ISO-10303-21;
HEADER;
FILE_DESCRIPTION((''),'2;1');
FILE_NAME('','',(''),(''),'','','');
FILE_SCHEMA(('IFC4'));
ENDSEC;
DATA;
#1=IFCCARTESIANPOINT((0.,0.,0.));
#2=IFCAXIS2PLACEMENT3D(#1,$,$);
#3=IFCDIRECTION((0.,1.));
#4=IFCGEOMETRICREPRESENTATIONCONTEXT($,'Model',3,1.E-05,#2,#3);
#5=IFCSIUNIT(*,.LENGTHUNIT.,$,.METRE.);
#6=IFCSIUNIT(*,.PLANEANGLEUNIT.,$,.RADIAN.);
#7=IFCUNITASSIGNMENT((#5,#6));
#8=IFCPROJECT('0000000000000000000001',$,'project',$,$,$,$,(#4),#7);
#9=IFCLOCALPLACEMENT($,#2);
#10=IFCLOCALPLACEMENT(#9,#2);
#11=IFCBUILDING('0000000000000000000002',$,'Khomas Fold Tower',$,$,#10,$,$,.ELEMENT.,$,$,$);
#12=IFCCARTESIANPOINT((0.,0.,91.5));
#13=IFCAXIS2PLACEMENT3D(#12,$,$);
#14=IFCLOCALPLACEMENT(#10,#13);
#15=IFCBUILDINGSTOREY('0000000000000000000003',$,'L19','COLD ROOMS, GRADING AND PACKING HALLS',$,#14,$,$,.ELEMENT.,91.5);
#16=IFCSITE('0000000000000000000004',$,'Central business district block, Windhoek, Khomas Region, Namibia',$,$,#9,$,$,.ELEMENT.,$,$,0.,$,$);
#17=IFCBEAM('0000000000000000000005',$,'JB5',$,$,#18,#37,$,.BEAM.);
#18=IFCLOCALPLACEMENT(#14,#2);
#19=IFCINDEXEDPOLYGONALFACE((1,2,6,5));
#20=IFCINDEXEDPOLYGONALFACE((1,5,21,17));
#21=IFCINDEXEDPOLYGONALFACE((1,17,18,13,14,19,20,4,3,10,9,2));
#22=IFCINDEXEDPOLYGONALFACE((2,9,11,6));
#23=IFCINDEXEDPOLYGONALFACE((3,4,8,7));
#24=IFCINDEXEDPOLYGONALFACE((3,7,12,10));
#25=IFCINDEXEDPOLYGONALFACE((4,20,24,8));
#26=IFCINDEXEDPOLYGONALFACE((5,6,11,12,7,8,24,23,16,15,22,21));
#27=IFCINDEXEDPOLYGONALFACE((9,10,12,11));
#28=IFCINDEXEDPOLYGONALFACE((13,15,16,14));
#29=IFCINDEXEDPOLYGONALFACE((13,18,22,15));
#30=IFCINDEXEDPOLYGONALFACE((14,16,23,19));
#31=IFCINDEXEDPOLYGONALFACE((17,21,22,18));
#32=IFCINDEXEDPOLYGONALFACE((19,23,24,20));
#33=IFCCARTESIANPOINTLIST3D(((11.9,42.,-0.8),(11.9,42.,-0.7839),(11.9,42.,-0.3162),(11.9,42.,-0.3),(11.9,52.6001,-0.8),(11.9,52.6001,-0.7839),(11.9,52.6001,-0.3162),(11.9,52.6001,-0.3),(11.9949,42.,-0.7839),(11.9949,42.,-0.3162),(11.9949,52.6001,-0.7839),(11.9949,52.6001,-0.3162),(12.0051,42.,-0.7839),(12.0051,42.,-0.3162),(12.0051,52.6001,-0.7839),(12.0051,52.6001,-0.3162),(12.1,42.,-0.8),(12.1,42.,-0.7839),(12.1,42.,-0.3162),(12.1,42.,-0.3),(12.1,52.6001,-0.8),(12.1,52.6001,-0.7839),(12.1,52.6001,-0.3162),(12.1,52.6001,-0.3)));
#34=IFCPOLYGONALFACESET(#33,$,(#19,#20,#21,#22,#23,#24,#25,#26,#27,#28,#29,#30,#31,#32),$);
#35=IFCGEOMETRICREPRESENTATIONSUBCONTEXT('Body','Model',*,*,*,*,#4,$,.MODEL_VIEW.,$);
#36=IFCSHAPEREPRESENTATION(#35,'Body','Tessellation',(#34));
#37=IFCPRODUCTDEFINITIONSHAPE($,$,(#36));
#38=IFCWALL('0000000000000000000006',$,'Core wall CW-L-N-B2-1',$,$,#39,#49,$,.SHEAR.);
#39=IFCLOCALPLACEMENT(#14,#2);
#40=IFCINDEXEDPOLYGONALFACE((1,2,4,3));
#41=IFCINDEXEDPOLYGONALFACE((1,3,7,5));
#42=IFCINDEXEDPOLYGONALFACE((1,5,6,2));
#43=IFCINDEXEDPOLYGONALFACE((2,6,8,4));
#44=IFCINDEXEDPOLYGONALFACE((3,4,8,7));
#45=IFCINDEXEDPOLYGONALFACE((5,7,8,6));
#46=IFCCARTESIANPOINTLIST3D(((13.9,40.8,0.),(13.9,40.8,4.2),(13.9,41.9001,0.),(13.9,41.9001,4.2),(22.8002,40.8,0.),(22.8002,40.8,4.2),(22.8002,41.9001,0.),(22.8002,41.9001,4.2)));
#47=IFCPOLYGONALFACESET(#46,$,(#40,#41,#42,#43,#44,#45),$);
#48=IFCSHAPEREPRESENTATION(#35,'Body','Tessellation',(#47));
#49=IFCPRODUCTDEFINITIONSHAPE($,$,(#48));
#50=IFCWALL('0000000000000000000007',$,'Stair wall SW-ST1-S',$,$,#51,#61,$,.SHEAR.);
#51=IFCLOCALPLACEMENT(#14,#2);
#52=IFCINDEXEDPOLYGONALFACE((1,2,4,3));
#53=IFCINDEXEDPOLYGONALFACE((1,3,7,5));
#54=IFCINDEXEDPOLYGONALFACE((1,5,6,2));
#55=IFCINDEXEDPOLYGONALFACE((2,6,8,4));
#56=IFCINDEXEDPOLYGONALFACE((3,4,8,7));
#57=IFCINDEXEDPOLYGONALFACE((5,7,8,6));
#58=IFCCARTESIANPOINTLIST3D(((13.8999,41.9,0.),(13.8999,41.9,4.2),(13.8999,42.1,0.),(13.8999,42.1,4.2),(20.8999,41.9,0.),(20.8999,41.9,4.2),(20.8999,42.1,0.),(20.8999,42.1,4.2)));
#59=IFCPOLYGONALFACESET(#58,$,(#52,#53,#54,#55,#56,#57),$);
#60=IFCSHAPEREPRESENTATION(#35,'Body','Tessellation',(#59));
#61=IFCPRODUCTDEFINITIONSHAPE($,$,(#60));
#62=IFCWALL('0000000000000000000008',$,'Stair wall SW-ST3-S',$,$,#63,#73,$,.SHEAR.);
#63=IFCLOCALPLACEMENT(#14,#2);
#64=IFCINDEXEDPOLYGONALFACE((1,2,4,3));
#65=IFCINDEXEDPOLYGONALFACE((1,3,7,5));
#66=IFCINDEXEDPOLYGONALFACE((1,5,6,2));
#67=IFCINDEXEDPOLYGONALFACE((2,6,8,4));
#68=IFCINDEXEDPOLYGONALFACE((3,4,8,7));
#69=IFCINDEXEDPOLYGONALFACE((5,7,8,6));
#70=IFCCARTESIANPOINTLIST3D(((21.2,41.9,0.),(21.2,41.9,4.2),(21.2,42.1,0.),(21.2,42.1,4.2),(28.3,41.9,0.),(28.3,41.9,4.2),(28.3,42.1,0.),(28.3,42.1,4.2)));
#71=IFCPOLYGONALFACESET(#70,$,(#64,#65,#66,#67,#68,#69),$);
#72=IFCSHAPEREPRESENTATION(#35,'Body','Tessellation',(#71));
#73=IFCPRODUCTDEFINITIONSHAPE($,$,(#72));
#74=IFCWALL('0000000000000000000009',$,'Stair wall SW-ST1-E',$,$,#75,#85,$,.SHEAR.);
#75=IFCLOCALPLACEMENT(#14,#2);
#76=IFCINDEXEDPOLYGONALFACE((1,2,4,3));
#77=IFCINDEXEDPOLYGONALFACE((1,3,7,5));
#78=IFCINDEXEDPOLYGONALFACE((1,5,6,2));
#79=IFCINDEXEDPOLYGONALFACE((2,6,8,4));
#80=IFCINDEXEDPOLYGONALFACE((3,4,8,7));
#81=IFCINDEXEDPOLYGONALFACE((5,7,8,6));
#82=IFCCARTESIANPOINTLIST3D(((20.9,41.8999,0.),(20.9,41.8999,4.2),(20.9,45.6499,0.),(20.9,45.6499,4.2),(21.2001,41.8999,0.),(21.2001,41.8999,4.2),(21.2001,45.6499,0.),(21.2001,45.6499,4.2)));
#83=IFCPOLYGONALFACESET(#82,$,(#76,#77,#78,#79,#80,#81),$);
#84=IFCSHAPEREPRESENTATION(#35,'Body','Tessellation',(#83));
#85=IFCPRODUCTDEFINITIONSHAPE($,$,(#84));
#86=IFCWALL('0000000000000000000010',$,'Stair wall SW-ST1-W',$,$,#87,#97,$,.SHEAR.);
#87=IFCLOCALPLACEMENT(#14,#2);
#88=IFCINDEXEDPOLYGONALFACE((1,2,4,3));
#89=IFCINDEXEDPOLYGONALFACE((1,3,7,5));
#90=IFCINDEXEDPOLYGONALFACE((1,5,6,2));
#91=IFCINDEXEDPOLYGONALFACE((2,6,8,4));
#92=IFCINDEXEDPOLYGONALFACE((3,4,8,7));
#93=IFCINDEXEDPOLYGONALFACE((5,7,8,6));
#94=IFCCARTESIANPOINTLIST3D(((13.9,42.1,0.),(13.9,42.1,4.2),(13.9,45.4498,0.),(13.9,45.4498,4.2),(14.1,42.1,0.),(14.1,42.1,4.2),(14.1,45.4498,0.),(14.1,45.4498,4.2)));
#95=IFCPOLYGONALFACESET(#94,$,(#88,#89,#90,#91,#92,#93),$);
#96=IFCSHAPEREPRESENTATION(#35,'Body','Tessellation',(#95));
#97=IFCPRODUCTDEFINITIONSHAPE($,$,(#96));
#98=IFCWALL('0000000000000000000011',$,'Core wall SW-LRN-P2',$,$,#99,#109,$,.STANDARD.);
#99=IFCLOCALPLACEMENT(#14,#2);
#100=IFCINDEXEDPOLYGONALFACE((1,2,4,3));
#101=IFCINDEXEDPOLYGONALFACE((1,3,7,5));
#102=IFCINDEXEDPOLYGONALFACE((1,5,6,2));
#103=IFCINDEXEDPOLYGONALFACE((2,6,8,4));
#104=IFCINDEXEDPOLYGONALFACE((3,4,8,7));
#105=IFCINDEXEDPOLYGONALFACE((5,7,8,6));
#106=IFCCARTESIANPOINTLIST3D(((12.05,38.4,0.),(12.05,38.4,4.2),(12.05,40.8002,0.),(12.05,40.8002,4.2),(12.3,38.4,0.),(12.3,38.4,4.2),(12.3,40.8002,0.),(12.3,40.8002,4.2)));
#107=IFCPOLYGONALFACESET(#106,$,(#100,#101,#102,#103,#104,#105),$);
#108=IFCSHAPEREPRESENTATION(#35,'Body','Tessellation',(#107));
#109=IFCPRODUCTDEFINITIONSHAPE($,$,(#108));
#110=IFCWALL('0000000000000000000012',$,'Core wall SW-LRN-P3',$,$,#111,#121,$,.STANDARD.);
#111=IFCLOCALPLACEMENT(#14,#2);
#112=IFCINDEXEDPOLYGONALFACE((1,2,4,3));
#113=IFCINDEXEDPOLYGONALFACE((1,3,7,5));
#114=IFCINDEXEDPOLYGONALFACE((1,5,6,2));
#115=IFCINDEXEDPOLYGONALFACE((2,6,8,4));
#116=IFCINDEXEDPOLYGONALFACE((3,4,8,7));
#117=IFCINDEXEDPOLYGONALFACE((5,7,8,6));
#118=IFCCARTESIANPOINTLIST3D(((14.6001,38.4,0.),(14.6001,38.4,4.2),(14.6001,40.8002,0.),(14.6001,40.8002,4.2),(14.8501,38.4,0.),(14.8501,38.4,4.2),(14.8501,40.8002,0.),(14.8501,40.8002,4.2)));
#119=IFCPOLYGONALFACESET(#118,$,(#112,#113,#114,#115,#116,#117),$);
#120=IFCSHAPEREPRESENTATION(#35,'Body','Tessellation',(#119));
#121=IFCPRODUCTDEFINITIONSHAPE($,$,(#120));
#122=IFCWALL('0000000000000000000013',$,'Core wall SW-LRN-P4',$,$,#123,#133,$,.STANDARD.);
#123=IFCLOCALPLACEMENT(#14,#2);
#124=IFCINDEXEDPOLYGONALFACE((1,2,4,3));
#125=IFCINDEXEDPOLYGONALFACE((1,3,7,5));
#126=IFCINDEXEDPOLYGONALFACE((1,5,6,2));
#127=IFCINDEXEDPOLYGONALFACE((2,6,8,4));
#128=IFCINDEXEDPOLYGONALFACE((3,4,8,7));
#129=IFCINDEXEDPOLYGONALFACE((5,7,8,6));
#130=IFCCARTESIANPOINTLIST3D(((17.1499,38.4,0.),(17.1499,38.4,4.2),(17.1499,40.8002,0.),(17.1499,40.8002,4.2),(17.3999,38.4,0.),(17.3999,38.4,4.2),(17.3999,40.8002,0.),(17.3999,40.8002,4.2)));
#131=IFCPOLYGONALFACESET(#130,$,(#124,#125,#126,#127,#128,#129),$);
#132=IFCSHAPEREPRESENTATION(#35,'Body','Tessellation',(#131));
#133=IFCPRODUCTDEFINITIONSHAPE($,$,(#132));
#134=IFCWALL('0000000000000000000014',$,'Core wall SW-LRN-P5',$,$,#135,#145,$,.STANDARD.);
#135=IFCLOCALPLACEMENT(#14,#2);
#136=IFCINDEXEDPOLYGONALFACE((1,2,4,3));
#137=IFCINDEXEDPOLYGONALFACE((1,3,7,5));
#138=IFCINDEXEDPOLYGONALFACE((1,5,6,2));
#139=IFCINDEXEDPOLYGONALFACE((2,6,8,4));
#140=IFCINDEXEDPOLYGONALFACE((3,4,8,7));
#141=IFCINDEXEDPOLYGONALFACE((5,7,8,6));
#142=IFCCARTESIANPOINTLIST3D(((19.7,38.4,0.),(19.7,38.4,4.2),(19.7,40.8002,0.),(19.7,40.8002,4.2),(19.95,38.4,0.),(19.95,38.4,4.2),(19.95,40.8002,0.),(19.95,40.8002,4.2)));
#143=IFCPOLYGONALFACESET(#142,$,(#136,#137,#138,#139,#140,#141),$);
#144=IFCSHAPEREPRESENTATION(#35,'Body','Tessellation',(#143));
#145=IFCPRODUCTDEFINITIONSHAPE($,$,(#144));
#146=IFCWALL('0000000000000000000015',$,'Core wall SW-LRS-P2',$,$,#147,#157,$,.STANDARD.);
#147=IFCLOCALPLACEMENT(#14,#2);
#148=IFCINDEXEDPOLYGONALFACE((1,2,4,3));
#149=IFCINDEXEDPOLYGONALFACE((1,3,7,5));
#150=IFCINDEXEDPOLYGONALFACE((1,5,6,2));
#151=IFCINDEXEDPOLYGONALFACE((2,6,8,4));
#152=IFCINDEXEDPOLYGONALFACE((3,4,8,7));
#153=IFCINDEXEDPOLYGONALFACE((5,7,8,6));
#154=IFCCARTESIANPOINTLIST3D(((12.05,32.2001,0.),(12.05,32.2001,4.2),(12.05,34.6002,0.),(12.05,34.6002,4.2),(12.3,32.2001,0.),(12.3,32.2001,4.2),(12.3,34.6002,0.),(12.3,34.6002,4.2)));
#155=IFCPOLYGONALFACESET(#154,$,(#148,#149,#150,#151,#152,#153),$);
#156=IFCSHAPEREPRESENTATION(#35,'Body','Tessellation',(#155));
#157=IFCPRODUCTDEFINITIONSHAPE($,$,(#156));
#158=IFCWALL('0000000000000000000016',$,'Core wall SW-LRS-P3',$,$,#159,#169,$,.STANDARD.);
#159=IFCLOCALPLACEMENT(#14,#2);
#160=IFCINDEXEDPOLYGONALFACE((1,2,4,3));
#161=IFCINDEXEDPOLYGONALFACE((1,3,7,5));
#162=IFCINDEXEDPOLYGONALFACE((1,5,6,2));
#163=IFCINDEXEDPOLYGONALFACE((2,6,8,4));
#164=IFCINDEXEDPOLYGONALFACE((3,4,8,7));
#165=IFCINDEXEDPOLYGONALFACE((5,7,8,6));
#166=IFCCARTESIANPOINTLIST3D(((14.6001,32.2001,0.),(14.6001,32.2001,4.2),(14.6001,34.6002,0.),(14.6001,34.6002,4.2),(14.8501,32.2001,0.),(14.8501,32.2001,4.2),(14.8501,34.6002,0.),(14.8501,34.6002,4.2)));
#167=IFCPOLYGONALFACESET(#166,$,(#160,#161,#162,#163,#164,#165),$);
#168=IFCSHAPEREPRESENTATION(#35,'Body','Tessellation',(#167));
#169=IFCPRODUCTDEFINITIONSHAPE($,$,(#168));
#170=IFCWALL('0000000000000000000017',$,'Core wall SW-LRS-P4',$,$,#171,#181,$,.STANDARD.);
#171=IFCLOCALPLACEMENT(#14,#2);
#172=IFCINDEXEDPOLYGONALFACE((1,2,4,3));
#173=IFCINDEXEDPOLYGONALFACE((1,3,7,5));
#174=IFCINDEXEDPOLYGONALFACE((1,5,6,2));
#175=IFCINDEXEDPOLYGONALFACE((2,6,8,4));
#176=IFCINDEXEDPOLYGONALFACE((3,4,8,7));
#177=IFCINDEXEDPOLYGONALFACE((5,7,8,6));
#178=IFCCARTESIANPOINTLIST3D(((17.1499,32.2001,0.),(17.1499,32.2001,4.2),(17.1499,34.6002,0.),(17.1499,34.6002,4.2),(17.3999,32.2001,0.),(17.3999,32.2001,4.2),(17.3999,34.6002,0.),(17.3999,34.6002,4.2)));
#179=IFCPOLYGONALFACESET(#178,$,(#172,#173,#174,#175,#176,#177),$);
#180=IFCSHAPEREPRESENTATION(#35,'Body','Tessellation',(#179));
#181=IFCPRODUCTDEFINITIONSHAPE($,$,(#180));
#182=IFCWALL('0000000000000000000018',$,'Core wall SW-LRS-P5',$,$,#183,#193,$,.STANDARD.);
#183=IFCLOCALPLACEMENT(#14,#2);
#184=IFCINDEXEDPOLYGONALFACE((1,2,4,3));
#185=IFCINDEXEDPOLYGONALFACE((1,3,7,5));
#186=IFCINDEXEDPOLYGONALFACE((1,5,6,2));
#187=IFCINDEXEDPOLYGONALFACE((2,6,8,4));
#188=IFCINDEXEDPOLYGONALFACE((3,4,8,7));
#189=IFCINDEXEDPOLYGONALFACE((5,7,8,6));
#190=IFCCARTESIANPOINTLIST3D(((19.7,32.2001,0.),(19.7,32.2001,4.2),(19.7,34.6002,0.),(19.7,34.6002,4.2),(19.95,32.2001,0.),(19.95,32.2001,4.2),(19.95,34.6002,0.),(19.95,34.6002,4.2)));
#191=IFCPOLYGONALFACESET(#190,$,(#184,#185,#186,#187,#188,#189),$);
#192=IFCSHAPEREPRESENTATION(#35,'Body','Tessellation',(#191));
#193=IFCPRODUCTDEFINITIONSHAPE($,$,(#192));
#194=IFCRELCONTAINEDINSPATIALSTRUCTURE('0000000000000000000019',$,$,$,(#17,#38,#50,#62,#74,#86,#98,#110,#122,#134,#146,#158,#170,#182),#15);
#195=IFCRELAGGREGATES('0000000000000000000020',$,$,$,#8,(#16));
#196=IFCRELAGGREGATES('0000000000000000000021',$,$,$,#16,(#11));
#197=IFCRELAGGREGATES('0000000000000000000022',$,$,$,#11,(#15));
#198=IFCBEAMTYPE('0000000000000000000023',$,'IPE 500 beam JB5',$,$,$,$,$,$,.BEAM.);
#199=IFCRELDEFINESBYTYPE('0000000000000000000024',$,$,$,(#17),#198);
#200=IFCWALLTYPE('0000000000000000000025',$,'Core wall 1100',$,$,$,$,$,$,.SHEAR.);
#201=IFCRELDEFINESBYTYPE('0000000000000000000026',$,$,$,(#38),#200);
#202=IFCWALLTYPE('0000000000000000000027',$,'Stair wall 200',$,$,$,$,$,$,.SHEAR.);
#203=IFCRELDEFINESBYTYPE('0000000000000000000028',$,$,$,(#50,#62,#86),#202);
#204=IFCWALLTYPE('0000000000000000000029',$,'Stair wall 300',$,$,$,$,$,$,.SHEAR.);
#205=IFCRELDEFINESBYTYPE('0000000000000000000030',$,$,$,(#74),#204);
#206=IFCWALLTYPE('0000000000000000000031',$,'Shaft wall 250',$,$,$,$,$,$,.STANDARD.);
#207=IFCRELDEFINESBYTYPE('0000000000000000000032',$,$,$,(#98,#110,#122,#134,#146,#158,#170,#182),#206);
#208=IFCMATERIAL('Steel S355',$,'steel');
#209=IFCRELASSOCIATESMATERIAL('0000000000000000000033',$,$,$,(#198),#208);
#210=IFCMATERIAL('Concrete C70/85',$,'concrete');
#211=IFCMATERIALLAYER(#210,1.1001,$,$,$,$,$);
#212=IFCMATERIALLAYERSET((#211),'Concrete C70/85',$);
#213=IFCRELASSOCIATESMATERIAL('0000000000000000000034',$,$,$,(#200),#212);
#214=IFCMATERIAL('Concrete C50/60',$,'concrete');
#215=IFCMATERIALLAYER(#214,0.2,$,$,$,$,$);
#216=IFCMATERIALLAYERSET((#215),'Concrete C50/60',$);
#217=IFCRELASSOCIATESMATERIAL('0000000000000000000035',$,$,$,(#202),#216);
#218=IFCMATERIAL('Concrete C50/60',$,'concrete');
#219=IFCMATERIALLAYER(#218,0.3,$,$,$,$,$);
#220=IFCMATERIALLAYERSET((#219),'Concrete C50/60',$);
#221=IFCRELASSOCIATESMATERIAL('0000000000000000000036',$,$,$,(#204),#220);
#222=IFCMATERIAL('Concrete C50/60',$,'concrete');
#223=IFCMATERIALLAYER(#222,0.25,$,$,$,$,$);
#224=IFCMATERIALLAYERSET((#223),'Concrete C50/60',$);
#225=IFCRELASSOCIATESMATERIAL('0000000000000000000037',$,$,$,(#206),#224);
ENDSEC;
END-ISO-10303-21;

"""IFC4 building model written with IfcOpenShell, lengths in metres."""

from ifc_helpers import new_model, si_unit, direction, frame, frame_2d, origin, origin_2d, place, context, subcontext, project, spatial, rectangle, i_section, extrude, source, transform, mapped, material, layer, layer_set, material_profile, profile_set, type_object, element, save


model = new_model("IFC4")

# Units and contexts
model_context = context("Model", 3, precision=1e-05, world=origin(), true_north=direction((0.0, 1.0)))
body_context = subcontext(model_context, "Body", "Model", "MODEL_VIEW")
ifc_project = project(units=[si_unit("LENGTHUNIT", "METRE"), si_unit("PLANEANGLEUNIT", "RADIAN")], contexts=[model_context])

# Site, building, storey
site_placement = place(None, origin())
site = spatial("IfcSite", under=ifc_project, at=site_placement, Name="Central business district block, Windhoek, Khomas Region, Namibia", CompositionType="ELEMENT", RefElevation=0.0)
building_placement = place(site_placement, origin())
building = spatial("IfcBuilding", under=site, at=building_placement, Name="Khomas Fold Tower", CompositionType="ELEMENT")
storey_placement = place(building_placement, frame((0.0, 0.0, 91.5)))
storey = spatial("IfcBuildingStorey", under=building, at=storey_placement, Name="L19", Description="COLD ROOMS, GRADING AND PACKING HALLS", CompositionType="ELEMENT", Elevation=91.5)

# Beam
ifc_material_1 = material(Name="Steel S355", Category="steel")
ifc_material_profile = material_profile(ifc_material_1, i_section(OverallWidth=0.2, OverallDepth=0.5, WebThickness=0.0103, FlangeThickness=0.0161, at=origin_2d()), Name="IPE 500")
ifc_profile_set = profile_set([ifc_material_profile], Name="Steel S355")
beam_type = type_object("IfcBeamType", Name="IPE 500 beam JB5", PredefinedType="BEAM", material=ifc_profile_set)
shared_shape_1 = source(origin(), body_context, "Body", "SweptSolid", [
    extrude(i_section(OverallWidth=0.2, OverallDepth=0.5, WebThickness=0.0103, FlangeThickness=0.0161, at=origin_2d()), origin(), (0.0, 0.0, 1.0), 10.6001),
])
beam_placement = place(storey_placement, frame((12.0, 42.0, -0.55), z_axis=(0.0, 1.0, 0.0), x_axis=(-1.0, 0.0, 0.0)))
element("IfcBeam", 1, at=beam_placement, inside=storey, type_object=beam_type, Name="JB5", PredefinedType="BEAM", context=body_context, shape_type="MappedRepresentation", body=[
    mapped(shared_shape_1, transform((0.0, 0.0, 0.0))),
])

# Walls
ifc_material_2 = material(Name="Concrete C70/85", Category="concrete")
ifc_layer_1 = layer(ifc_material_2, 1.1001)
ifc_layer_set_1 = layer_set([ifc_layer_1], Name="Concrete C70/85")
wall_type_1 = type_object("IfcWallType", Name="Core wall 1100", PredefinedType="SHEAR", material=ifc_layer_set_1)
shared_shape_2 = source(origin(), body_context, "Body", "SweptSolid", [
    extrude(rectangle(XDim=8.9001, YDim=1.1001, at=frame_2d((4.4502, 0.0))), origin(), (0.0, 0.0, 1.0), 4.2),
])
wall_1_placement = place(storey_placement, frame((13.8999, 41.3501, 0.0), z_axis=(0.0, 0.0, 1.0), x_axis=(1.0, 0.0, 0.0)))
element("IfcWall", 2, at=wall_1_placement, inside=storey, type_object=wall_type_1, Name="Core wall CW-L-N-B2-1", PredefinedType="SHEAR", context=body_context, shape_type="MappedRepresentation", body=[
    mapped(shared_shape_2, transform((0.0, 0.0, 0.0))),
])
ifc_material_3 = material(Name="Concrete C50/60", Category="concrete")
ifc_layer_2 = layer(ifc_material_3, 0.2)
ifc_layer_set_2 = layer_set([ifc_layer_2], Name="Concrete C50/60")
wall_type_2 = type_object("IfcWallType", Name="Stair wall 200", PredefinedType="SHEAR", material=ifc_layer_set_2)
shared_shape_3 = source(origin(), body_context, "Body", "SweptSolid", [
    extrude(rectangle(XDim=7.0, YDim=0.2, at=frame_2d((3.5, 0.0))), origin(), (0.0, 0.0, 1.0), 4.2),
])
wall_2_placement = place(storey_placement, frame((13.8999, 42.0, 0.0), z_axis=(0.0, 0.0, 1.0), x_axis=(1.0, 0.0, 0.0)))
element("IfcWall", 3, at=wall_2_placement, inside=storey, type_object=wall_type_2, Name="Stair wall SW-ST1-S", PredefinedType="SHEAR", context=body_context, shape_type="MappedRepresentation", body=[
    mapped(shared_shape_3, transform((0.0, 0.0, 0.0))),
])
shared_shape_4 = source(origin(), body_context, "Body", "SweptSolid", [
    extrude(rectangle(XDim=7.1001, YDim=0.2, at=frame_2d((3.55, 0.0))), origin(), (0.0, 0.0, 1.0), 4.2),
])
wall_3_placement = place(storey_placement, frame((21.2, 42.0, 0.0), z_axis=(0.0, 0.0, 1.0), x_axis=(1.0, 0.0, 0.0)))
element("IfcWall", 4, at=wall_3_placement, inside=storey, type_object=wall_type_2, Name="Stair wall SW-ST3-S", PredefinedType="SHEAR", context=body_context, shape_type="MappedRepresentation", body=[
    mapped(shared_shape_4, transform((0.0, 0.0, 0.0))),
])
ifc_material_4 = material(Name="Concrete C50/60", Category="concrete")
ifc_layer_3 = layer(ifc_material_4, 0.3)
ifc_layer_set_3 = layer_set([ifc_layer_3], Name="Concrete C50/60")
wall_type_3 = type_object("IfcWallType", Name="Stair wall 300", PredefinedType="SHEAR", material=ifc_layer_set_3)
shared_shape_5 = source(origin(), body_context, "Body", "SweptSolid", [
    extrude(rectangle(XDim=3.75, YDim=0.3, at=frame_2d((1.875, 0.0))), origin(), (0.0, 0.0, 1.0), 4.2),
])
wall_4_placement = place(storey_placement, frame((21.05, 41.8999, 0.0), z_axis=(0.0, 0.0, 1.0), x_axis=(0.0, 1.0, 0.0)))
element("IfcWall", 5, at=wall_4_placement, inside=storey, type_object=wall_type_3, Name="Stair wall SW-ST1-E", PredefinedType="SHEAR", context=body_context, shape_type="MappedRepresentation", body=[
    mapped(shared_shape_5, transform((0.0, 0.0, 0.0))),
])
shared_shape_6 = source(origin(), body_context, "Body", "SweptSolid", [
    extrude(rectangle(XDim=3.3499, YDim=0.2, at=frame_2d((1.6748, 0.0))), origin(), (0.0, 0.0, 1.0), 4.2),
])
wall_5_placement = place(storey_placement, frame((14.0, 42.1001, 0.0), z_axis=(0.0, 0.0, 1.0), x_axis=(0.0, 1.0, 0.0)))
element("IfcWall", 6, at=wall_5_placement, inside=storey, type_object=wall_type_2, Name="Stair wall SW-ST1-W", PredefinedType="SHEAR", context=body_context, shape_type="MappedRepresentation", body=[
    mapped(shared_shape_6, transform((0.0, 0.0, 0.0))),
])
ifc_material_5 = material(Name="Concrete C50/60", Category="concrete")
ifc_layer_4 = layer(ifc_material_5, 0.25)
ifc_layer_set_4 = layer_set([ifc_layer_4], Name="Concrete C50/60")
wall_type_4 = type_object("IfcWallType", Name="Shaft wall 250", PredefinedType="STANDARD", material=ifc_layer_set_4)
shared_shape_7 = source(origin(), body_context, "Body", "SweptSolid", [
    extrude(rectangle(XDim=2.4001, YDim=0.25, at=frame_2d((1.2002, 0.0))), origin(), (0.0, 0.0, 1.0), 4.2),
])
for number, where, z_axis, x_axis, name in (
    (7, (12.175, 38.3999, 0.0), (0.0, 0.0, 1.0), (0.0, 1.0, 0.0), "Core wall SW-LRN-P2"),
    (8, (14.7251, 38.3999, 0.0), (0.0, 0.0, 1.0), (0.0, 1.0, 0.0), "Core wall SW-LRN-P3"),
    (9, (17.2749, 38.3999, 0.0), (0.0, 0.0, 1.0), (0.0, 1.0, 0.0), "Core wall SW-LRN-P4"),
    (10, (19.825, 38.3999, 0.0), (0.0, 0.0, 1.0), (0.0, 1.0, 0.0), "Core wall SW-LRN-P5"),
    (11, (12.175, 32.2, 0.0), (0.0, 0.0, 1.0), (0.0, 1.0, 0.0), "Core wall SW-LRS-P2"),
    (12, (14.7251, 32.2, 0.0), (0.0, 0.0, 1.0), (0.0, 1.0, 0.0), "Core wall SW-LRS-P3"),
    (13, (17.2749, 32.2, 0.0), (0.0, 0.0, 1.0), (0.0, 1.0, 0.0), "Core wall SW-LRS-P4"),
    (14, (19.825, 32.2, 0.0), (0.0, 0.0, 1.0), (0.0, 1.0, 0.0), "Core wall SW-LRS-P5"),
):
    element("IfcWall", number, at=place(storey_placement, frame(where, z_axis=z_axis, x_axis=x_axis)), inside=storey, type_object=wall_type_4, Name=name, PredefinedType="STANDARD", context=body_context, shape_type="MappedRepresentation", body=[
        mapped(shared_shape_7, transform((0.0, 0.0, 0.0))),
    ])

save(model, "model.ifc")
